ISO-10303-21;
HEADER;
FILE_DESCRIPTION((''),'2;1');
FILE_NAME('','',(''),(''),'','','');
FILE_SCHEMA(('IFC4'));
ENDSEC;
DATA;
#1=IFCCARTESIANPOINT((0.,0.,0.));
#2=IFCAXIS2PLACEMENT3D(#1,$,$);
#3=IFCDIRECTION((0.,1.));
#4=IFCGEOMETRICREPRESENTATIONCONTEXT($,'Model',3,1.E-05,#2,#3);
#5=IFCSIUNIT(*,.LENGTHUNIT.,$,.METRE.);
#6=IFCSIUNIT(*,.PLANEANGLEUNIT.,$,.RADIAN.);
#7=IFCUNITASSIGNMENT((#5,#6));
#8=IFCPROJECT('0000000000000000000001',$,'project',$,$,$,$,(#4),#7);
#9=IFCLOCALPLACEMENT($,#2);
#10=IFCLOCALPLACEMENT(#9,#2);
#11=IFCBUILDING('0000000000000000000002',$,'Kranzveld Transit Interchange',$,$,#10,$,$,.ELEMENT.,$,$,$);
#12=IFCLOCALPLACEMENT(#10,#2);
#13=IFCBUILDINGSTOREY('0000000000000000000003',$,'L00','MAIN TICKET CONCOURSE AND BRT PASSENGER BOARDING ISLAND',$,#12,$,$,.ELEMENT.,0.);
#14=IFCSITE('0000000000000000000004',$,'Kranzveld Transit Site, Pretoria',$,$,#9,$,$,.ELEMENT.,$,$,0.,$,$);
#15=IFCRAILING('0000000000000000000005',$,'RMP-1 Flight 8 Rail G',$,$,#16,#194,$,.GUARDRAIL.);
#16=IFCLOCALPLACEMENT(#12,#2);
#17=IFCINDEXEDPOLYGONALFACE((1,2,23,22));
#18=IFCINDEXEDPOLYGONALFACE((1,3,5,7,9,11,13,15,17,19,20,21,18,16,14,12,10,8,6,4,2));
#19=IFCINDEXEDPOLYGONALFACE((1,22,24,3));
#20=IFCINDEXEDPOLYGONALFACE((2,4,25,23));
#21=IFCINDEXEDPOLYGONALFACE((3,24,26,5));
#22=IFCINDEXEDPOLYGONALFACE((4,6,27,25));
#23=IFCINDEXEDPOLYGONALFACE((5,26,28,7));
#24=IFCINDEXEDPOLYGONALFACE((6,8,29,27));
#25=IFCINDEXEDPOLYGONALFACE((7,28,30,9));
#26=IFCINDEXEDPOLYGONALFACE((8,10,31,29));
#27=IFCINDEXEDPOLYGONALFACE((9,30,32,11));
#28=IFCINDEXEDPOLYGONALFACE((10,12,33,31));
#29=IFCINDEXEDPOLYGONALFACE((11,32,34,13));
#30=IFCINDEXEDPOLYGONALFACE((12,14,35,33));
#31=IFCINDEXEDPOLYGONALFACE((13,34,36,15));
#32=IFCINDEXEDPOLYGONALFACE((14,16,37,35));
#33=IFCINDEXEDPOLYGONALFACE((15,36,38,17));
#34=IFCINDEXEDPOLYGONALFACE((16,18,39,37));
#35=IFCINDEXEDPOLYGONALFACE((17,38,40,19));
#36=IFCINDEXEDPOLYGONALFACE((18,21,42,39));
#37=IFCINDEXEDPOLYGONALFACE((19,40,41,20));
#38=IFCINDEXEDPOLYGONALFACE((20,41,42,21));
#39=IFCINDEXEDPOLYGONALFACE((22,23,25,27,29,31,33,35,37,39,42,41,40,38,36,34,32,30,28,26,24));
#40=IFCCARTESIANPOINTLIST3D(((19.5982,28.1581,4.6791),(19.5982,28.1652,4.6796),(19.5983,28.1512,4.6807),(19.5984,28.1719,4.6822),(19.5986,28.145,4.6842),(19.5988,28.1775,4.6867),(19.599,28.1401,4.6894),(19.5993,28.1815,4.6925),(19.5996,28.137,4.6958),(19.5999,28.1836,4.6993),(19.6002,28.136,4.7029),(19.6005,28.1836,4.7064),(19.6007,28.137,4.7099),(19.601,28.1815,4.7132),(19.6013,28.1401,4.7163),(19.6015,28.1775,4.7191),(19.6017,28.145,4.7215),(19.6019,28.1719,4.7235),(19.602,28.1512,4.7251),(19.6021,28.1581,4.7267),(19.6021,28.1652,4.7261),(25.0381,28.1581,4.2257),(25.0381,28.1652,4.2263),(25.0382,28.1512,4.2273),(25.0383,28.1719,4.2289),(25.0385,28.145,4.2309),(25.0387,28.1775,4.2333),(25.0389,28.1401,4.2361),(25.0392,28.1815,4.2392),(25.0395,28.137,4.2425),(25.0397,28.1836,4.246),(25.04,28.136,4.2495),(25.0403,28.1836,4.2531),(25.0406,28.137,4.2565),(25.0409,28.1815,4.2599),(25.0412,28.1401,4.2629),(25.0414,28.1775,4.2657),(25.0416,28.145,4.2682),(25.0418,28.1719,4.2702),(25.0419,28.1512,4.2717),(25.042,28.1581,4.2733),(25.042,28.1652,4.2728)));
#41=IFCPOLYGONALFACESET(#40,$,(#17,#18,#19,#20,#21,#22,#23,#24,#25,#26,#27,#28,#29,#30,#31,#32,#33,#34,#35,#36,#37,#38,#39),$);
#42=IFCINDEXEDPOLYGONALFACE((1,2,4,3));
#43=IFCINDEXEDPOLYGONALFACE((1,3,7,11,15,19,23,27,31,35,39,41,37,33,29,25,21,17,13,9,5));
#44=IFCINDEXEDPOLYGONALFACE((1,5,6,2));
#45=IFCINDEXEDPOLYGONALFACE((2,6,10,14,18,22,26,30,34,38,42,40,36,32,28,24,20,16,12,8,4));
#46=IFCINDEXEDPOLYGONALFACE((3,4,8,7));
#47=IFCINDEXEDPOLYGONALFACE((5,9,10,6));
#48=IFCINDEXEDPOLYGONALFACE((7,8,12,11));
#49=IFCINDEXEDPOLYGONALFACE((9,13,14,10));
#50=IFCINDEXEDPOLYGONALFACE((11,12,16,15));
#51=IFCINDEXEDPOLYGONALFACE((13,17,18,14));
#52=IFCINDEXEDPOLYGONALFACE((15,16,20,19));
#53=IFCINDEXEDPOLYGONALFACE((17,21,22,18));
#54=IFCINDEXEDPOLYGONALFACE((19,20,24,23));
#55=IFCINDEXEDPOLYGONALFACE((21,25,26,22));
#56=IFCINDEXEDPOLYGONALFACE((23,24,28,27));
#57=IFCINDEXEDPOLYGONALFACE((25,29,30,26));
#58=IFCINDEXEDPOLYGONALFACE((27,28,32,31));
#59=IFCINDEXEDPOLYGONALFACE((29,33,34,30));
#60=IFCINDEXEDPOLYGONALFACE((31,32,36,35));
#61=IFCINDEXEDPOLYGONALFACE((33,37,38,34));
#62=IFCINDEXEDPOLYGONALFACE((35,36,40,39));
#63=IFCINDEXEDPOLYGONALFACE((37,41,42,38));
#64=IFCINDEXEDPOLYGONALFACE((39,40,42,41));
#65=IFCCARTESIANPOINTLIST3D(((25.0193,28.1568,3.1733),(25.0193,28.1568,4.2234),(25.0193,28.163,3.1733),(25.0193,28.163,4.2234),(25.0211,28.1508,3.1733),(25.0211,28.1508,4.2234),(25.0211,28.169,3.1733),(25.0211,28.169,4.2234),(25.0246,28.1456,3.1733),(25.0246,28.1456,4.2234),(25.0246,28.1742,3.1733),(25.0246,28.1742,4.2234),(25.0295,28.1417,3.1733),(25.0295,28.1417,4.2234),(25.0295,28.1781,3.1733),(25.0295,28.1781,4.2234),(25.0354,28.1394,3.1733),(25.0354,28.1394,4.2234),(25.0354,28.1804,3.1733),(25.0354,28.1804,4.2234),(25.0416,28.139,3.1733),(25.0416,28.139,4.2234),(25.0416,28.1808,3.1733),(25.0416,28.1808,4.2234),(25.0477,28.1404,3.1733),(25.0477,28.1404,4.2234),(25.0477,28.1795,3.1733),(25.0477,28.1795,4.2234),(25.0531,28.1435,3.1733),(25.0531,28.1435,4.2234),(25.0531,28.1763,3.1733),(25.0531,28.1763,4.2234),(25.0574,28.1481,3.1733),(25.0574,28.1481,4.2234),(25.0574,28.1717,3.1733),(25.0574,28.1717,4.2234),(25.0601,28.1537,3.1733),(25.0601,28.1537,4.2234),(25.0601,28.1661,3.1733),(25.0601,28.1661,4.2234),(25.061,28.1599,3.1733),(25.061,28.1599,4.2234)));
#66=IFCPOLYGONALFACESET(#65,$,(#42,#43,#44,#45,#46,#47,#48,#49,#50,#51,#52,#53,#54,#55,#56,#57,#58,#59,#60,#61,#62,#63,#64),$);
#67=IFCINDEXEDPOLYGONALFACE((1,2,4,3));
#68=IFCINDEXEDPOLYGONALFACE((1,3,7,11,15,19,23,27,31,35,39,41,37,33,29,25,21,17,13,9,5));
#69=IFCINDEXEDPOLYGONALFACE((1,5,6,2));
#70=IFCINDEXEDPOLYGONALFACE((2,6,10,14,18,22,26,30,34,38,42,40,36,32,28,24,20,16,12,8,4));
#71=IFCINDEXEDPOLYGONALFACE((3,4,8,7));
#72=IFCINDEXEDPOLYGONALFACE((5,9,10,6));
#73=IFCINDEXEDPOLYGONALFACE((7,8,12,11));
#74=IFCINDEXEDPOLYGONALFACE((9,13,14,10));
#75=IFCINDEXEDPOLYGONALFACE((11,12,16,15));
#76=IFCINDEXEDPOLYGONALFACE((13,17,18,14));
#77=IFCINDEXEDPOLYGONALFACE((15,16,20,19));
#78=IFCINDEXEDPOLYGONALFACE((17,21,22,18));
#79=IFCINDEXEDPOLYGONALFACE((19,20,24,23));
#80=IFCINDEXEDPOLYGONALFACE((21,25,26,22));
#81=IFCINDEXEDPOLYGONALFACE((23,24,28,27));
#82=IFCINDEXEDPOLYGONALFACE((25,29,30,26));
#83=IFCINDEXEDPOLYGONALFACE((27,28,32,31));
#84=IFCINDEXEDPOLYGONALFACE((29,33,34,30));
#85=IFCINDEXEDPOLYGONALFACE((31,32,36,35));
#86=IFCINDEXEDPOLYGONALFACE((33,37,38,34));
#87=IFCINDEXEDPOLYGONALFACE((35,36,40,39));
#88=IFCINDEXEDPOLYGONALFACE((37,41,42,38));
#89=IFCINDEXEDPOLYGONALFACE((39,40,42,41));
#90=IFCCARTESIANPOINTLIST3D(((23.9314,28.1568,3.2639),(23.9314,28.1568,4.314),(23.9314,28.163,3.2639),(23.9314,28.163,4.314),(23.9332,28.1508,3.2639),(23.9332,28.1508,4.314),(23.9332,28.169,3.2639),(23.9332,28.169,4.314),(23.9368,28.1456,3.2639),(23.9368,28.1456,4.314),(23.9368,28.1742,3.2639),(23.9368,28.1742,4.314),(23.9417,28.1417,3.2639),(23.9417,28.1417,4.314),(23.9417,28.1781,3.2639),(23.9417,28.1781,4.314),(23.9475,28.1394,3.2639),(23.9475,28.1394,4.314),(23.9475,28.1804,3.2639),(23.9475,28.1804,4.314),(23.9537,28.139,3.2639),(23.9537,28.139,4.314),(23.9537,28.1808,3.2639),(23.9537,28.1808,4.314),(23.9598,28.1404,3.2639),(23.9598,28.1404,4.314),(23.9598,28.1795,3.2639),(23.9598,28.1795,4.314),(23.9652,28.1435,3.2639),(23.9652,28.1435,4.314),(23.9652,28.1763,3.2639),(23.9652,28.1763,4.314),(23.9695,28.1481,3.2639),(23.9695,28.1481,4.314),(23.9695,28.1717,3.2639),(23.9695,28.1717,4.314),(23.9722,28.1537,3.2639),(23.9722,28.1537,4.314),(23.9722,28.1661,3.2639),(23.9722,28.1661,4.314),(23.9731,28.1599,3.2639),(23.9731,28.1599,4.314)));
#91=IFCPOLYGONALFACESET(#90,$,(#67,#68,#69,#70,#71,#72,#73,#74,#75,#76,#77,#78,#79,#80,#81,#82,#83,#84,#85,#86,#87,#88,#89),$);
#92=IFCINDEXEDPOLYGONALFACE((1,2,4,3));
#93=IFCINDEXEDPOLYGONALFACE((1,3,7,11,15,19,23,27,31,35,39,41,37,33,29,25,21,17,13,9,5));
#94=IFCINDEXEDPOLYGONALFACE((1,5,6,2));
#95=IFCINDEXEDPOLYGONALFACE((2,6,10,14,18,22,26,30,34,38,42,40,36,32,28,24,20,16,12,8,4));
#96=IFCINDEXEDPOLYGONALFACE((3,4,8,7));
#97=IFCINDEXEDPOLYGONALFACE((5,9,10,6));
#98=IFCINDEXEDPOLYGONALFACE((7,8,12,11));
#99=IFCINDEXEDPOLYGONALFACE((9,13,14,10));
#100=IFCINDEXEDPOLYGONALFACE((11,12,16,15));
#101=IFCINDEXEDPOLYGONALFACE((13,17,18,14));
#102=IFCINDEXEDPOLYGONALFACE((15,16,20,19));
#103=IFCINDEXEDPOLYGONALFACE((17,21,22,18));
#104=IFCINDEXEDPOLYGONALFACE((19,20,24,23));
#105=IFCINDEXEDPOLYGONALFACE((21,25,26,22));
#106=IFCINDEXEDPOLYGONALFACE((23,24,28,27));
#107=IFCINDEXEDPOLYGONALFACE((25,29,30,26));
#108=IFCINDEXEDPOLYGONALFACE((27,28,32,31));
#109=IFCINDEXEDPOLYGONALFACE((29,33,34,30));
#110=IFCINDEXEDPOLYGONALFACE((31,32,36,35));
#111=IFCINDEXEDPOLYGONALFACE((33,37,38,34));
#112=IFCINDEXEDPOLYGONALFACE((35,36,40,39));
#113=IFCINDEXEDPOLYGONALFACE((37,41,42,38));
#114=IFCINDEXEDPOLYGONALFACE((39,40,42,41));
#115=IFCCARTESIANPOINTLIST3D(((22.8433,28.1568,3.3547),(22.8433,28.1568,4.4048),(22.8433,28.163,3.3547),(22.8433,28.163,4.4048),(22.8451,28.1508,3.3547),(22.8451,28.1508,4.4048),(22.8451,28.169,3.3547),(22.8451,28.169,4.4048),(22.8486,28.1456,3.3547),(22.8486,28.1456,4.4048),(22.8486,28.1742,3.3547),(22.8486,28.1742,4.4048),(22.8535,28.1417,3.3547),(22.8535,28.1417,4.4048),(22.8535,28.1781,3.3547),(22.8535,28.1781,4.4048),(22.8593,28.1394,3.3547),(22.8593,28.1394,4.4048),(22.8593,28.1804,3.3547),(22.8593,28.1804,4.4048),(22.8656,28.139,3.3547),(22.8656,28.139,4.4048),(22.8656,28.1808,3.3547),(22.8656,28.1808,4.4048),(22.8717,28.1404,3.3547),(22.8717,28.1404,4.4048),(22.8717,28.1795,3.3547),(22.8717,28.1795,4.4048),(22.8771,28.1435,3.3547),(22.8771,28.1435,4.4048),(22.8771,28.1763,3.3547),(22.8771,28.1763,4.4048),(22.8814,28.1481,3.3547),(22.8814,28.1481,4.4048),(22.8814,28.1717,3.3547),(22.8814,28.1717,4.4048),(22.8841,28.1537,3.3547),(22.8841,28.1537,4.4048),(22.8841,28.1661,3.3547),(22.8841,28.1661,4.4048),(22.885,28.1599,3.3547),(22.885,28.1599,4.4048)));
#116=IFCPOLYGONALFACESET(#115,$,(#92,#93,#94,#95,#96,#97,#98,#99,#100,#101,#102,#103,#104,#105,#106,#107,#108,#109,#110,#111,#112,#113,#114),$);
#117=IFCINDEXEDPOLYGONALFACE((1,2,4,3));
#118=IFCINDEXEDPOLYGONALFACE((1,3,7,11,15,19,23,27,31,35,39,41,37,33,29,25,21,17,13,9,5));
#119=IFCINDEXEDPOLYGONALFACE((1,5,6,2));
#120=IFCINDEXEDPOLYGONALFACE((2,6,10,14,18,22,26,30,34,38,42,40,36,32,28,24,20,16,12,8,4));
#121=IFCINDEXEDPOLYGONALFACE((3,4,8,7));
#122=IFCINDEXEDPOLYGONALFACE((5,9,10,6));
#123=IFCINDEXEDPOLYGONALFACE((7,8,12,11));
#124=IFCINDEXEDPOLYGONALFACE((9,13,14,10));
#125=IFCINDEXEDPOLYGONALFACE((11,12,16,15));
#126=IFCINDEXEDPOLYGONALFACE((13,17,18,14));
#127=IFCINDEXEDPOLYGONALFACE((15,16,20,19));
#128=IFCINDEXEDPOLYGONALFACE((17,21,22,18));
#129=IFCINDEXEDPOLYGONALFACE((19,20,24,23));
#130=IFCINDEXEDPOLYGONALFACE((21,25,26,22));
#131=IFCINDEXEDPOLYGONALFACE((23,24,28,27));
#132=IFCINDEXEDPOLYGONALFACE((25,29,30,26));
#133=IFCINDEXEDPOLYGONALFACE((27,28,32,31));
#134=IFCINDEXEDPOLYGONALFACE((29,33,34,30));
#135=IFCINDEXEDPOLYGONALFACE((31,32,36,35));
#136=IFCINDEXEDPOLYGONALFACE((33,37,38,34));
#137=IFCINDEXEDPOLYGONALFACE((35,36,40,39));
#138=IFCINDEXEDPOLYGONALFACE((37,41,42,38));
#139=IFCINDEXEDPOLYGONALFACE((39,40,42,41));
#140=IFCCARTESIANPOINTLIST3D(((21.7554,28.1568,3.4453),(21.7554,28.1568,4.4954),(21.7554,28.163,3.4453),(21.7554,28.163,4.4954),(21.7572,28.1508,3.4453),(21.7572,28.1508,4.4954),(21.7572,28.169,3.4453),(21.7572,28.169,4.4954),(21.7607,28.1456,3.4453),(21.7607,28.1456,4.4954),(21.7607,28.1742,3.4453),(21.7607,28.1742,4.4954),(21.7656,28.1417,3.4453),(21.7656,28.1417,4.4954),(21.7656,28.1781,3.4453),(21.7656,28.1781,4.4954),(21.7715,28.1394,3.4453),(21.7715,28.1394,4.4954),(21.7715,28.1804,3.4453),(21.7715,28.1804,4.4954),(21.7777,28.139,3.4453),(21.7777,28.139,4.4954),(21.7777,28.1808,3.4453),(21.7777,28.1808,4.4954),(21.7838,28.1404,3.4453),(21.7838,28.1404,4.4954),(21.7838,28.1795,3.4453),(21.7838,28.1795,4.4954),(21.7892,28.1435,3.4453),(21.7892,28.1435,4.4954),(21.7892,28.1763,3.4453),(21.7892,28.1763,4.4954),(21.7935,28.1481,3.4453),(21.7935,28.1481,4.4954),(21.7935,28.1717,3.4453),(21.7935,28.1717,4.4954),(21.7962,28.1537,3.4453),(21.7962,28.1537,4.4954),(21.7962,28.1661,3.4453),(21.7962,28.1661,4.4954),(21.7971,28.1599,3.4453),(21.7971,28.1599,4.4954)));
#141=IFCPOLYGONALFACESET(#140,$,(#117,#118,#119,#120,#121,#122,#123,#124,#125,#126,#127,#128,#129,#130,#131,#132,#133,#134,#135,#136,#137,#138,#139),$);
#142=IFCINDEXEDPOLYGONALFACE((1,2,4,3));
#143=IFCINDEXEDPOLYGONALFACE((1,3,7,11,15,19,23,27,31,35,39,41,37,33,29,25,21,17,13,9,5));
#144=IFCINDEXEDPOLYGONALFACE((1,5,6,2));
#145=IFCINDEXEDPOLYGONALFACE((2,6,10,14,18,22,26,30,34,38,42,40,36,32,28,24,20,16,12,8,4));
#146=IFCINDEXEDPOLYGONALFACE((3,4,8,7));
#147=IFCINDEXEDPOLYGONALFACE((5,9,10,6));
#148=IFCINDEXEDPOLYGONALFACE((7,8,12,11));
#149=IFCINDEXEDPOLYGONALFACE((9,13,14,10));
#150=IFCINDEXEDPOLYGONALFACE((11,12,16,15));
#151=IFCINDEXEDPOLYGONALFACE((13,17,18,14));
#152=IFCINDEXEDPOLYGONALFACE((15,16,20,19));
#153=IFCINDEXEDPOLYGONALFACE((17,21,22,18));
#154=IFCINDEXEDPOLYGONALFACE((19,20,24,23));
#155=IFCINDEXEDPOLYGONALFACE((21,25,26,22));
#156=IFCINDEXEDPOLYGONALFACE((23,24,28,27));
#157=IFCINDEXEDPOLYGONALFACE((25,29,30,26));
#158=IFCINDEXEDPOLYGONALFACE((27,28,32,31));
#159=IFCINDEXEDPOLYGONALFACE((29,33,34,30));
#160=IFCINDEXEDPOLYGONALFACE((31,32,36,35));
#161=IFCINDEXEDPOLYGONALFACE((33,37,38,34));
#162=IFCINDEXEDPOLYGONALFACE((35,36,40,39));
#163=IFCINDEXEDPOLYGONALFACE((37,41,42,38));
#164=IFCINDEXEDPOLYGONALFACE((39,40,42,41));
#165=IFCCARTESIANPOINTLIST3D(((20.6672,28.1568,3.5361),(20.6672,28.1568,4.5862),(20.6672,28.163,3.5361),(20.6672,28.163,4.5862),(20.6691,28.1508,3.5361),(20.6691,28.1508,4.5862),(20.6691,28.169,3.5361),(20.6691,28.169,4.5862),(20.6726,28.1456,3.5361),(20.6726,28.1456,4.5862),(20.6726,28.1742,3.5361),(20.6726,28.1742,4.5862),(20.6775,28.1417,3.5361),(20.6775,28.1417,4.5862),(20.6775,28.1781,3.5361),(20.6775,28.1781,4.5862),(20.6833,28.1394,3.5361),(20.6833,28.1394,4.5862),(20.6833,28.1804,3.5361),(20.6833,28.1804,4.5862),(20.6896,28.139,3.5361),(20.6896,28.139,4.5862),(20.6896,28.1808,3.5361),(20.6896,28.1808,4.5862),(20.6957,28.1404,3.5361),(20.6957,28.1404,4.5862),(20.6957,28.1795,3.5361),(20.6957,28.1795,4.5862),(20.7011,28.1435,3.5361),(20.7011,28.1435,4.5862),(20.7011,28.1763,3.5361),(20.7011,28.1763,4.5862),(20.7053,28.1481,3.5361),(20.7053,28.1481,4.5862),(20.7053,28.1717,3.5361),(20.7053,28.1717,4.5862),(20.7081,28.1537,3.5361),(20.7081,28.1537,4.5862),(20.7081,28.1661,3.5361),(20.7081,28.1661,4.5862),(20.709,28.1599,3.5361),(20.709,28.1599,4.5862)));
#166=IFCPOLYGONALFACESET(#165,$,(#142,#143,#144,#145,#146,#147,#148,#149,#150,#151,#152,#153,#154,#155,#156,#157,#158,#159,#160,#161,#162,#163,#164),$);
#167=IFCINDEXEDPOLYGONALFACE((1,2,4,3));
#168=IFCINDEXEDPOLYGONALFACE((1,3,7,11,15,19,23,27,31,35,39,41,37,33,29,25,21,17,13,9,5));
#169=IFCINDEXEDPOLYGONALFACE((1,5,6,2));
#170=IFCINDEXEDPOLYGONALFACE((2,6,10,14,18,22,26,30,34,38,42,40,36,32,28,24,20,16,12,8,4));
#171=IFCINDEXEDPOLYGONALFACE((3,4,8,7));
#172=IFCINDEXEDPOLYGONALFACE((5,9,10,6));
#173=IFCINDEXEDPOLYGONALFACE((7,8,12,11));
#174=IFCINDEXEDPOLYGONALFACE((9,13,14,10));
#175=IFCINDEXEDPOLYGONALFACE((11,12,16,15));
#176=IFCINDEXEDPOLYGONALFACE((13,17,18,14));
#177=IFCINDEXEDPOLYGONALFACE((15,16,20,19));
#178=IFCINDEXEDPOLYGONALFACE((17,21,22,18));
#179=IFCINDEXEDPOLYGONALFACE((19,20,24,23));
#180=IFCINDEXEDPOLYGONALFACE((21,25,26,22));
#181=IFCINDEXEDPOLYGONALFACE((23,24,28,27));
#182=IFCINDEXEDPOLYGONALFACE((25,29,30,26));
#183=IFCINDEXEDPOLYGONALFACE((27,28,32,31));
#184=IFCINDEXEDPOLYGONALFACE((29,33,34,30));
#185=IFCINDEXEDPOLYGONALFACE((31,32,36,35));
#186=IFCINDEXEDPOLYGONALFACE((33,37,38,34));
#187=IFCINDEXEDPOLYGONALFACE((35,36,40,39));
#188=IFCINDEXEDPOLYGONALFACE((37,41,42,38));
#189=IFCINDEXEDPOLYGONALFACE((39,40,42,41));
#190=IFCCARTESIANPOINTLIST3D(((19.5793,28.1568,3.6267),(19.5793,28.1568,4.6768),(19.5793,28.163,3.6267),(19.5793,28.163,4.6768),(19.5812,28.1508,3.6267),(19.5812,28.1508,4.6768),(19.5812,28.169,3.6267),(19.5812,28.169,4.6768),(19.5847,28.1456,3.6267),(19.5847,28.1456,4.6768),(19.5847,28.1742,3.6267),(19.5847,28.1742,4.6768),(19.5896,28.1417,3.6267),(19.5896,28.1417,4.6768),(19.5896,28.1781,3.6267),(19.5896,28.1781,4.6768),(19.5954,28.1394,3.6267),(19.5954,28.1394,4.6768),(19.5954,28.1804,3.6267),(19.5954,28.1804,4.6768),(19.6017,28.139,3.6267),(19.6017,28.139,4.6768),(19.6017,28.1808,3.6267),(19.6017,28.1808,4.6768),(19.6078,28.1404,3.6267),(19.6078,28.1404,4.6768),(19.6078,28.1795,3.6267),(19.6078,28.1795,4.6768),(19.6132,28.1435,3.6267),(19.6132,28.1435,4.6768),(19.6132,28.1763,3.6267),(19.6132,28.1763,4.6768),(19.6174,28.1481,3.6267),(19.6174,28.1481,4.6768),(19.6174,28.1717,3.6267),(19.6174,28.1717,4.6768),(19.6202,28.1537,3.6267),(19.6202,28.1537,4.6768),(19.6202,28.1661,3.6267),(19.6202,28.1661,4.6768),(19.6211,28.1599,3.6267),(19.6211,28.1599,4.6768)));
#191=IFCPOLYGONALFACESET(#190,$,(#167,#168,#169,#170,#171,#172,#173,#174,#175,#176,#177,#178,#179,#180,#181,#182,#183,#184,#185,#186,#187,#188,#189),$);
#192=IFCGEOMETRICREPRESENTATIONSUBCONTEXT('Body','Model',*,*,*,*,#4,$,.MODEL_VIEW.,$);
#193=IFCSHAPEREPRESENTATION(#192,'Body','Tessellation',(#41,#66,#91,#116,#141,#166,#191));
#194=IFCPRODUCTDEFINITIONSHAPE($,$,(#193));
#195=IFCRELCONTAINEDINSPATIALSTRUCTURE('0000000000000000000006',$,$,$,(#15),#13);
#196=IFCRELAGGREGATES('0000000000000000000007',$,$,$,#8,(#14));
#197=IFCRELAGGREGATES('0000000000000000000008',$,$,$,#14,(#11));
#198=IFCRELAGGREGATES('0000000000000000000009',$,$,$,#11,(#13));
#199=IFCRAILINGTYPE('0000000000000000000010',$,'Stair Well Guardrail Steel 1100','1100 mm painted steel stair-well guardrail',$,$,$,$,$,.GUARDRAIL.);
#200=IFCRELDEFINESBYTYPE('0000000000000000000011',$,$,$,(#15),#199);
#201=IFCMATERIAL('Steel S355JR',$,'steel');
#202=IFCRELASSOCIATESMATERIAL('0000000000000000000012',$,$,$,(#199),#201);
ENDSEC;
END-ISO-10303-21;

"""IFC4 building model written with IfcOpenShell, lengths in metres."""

from ifc_helpers import new_model, si_unit, direction, frame, origin, origin_2d, place, context, subcontext, project, spatial, circle, extrude, material, type_object, element, save


model = new_model("IFC4")

# Units and contexts
model_context = context("Model", 3, precision=1e-05, world=origin(), true_north=direction((0.0, 1.0)))
body_context = subcontext(model_context, "Body", "Model", "MODEL_VIEW")
ifc_project = project(units=[si_unit("LENGTHUNIT", "METRE"), si_unit("PLANEANGLEUNIT", "RADIAN")], contexts=[model_context])

# Site, building, storey
site_placement = place(None, origin())
site = spatial("IfcSite", under=ifc_project, at=site_placement, Name="Kranzveld Transit Site, Pretoria", CompositionType="ELEMENT", RefElevation=0.0)
building_placement = place(site_placement, origin())
building = spatial("IfcBuilding", under=site, at=building_placement, Name="Kranzveld Transit Interchange", CompositionType="ELEMENT")
storey_placement = place(building_placement, origin())
storey = spatial("IfcBuildingStorey", under=building, at=storey_placement, Name="L00", Description="MAIN TICKET CONCOURSE AND BRT PASSENGER BOARDING ISLAND", CompositionType="ELEMENT", Elevation=0.0)

# Railing
ifc_material_1 = material(Name="Steel S355JR", Category="steel")
railing_type_1 = type_object("IfcRailingType", Name="Stair Well Guardrail Steel 1100", Description="1100 mm painted steel stair-well guardrail", PredefinedType="GUARDRAIL", material=ifc_material_1)
for number, where, name in (
    (1, (25.04, 28.1599, 3.1733), "RMP-1 Flight 8 Rail G"),
):
    element("IfcRailing", number, at=place(storey_placement, frame(where)), inside=storey, type_object=railing_type_1, Name=name, PredefinedType="GUARDRAIL", context=body_context, shape_type="SweptSolid", body=[
        extrude(circle(Radius=0.0239, at=origin_2d()), frame((0.0, 0.0, 1.0762), z_axis=(-0.996545, 0.0, 0.083053), x_axis=(0.0, -1.0, 0.0)), (0.0, 0.0, 1.0), 5.4587),
        extrude(circle(Radius=0.021, at=origin_2d()), origin(), (0.0, 0.0, 1.0), 1.05),
        extrude(circle(Radius=0.021, at=origin_2d()), frame((-1.0879, 0.0, 0.0906)), (0.0, 0.0, 1.0), 1.05),
        extrude(circle(Radius=0.021, at=origin_2d()), frame((-2.176, 0.0, 0.1814)), (0.0, 0.0, 1.0), 1.05),
        extrude(circle(Radius=0.021, at=origin_2d()), frame((-3.2639, 0.0, 0.272)), (0.0, 0.0, 1.0), 1.05),
        extrude(circle(Radius=0.021, at=origin_2d()), frame((-4.3521, 0.0, 0.3628)), (0.0, 0.0, 1.0), 1.05),
        extrude(circle(Radius=0.021, at=origin_2d()), frame((-5.4399, 0.0, 0.4534)), (0.0, 0.0, 1.0), 1.05),
    ])

save(model, "model.ifc")
